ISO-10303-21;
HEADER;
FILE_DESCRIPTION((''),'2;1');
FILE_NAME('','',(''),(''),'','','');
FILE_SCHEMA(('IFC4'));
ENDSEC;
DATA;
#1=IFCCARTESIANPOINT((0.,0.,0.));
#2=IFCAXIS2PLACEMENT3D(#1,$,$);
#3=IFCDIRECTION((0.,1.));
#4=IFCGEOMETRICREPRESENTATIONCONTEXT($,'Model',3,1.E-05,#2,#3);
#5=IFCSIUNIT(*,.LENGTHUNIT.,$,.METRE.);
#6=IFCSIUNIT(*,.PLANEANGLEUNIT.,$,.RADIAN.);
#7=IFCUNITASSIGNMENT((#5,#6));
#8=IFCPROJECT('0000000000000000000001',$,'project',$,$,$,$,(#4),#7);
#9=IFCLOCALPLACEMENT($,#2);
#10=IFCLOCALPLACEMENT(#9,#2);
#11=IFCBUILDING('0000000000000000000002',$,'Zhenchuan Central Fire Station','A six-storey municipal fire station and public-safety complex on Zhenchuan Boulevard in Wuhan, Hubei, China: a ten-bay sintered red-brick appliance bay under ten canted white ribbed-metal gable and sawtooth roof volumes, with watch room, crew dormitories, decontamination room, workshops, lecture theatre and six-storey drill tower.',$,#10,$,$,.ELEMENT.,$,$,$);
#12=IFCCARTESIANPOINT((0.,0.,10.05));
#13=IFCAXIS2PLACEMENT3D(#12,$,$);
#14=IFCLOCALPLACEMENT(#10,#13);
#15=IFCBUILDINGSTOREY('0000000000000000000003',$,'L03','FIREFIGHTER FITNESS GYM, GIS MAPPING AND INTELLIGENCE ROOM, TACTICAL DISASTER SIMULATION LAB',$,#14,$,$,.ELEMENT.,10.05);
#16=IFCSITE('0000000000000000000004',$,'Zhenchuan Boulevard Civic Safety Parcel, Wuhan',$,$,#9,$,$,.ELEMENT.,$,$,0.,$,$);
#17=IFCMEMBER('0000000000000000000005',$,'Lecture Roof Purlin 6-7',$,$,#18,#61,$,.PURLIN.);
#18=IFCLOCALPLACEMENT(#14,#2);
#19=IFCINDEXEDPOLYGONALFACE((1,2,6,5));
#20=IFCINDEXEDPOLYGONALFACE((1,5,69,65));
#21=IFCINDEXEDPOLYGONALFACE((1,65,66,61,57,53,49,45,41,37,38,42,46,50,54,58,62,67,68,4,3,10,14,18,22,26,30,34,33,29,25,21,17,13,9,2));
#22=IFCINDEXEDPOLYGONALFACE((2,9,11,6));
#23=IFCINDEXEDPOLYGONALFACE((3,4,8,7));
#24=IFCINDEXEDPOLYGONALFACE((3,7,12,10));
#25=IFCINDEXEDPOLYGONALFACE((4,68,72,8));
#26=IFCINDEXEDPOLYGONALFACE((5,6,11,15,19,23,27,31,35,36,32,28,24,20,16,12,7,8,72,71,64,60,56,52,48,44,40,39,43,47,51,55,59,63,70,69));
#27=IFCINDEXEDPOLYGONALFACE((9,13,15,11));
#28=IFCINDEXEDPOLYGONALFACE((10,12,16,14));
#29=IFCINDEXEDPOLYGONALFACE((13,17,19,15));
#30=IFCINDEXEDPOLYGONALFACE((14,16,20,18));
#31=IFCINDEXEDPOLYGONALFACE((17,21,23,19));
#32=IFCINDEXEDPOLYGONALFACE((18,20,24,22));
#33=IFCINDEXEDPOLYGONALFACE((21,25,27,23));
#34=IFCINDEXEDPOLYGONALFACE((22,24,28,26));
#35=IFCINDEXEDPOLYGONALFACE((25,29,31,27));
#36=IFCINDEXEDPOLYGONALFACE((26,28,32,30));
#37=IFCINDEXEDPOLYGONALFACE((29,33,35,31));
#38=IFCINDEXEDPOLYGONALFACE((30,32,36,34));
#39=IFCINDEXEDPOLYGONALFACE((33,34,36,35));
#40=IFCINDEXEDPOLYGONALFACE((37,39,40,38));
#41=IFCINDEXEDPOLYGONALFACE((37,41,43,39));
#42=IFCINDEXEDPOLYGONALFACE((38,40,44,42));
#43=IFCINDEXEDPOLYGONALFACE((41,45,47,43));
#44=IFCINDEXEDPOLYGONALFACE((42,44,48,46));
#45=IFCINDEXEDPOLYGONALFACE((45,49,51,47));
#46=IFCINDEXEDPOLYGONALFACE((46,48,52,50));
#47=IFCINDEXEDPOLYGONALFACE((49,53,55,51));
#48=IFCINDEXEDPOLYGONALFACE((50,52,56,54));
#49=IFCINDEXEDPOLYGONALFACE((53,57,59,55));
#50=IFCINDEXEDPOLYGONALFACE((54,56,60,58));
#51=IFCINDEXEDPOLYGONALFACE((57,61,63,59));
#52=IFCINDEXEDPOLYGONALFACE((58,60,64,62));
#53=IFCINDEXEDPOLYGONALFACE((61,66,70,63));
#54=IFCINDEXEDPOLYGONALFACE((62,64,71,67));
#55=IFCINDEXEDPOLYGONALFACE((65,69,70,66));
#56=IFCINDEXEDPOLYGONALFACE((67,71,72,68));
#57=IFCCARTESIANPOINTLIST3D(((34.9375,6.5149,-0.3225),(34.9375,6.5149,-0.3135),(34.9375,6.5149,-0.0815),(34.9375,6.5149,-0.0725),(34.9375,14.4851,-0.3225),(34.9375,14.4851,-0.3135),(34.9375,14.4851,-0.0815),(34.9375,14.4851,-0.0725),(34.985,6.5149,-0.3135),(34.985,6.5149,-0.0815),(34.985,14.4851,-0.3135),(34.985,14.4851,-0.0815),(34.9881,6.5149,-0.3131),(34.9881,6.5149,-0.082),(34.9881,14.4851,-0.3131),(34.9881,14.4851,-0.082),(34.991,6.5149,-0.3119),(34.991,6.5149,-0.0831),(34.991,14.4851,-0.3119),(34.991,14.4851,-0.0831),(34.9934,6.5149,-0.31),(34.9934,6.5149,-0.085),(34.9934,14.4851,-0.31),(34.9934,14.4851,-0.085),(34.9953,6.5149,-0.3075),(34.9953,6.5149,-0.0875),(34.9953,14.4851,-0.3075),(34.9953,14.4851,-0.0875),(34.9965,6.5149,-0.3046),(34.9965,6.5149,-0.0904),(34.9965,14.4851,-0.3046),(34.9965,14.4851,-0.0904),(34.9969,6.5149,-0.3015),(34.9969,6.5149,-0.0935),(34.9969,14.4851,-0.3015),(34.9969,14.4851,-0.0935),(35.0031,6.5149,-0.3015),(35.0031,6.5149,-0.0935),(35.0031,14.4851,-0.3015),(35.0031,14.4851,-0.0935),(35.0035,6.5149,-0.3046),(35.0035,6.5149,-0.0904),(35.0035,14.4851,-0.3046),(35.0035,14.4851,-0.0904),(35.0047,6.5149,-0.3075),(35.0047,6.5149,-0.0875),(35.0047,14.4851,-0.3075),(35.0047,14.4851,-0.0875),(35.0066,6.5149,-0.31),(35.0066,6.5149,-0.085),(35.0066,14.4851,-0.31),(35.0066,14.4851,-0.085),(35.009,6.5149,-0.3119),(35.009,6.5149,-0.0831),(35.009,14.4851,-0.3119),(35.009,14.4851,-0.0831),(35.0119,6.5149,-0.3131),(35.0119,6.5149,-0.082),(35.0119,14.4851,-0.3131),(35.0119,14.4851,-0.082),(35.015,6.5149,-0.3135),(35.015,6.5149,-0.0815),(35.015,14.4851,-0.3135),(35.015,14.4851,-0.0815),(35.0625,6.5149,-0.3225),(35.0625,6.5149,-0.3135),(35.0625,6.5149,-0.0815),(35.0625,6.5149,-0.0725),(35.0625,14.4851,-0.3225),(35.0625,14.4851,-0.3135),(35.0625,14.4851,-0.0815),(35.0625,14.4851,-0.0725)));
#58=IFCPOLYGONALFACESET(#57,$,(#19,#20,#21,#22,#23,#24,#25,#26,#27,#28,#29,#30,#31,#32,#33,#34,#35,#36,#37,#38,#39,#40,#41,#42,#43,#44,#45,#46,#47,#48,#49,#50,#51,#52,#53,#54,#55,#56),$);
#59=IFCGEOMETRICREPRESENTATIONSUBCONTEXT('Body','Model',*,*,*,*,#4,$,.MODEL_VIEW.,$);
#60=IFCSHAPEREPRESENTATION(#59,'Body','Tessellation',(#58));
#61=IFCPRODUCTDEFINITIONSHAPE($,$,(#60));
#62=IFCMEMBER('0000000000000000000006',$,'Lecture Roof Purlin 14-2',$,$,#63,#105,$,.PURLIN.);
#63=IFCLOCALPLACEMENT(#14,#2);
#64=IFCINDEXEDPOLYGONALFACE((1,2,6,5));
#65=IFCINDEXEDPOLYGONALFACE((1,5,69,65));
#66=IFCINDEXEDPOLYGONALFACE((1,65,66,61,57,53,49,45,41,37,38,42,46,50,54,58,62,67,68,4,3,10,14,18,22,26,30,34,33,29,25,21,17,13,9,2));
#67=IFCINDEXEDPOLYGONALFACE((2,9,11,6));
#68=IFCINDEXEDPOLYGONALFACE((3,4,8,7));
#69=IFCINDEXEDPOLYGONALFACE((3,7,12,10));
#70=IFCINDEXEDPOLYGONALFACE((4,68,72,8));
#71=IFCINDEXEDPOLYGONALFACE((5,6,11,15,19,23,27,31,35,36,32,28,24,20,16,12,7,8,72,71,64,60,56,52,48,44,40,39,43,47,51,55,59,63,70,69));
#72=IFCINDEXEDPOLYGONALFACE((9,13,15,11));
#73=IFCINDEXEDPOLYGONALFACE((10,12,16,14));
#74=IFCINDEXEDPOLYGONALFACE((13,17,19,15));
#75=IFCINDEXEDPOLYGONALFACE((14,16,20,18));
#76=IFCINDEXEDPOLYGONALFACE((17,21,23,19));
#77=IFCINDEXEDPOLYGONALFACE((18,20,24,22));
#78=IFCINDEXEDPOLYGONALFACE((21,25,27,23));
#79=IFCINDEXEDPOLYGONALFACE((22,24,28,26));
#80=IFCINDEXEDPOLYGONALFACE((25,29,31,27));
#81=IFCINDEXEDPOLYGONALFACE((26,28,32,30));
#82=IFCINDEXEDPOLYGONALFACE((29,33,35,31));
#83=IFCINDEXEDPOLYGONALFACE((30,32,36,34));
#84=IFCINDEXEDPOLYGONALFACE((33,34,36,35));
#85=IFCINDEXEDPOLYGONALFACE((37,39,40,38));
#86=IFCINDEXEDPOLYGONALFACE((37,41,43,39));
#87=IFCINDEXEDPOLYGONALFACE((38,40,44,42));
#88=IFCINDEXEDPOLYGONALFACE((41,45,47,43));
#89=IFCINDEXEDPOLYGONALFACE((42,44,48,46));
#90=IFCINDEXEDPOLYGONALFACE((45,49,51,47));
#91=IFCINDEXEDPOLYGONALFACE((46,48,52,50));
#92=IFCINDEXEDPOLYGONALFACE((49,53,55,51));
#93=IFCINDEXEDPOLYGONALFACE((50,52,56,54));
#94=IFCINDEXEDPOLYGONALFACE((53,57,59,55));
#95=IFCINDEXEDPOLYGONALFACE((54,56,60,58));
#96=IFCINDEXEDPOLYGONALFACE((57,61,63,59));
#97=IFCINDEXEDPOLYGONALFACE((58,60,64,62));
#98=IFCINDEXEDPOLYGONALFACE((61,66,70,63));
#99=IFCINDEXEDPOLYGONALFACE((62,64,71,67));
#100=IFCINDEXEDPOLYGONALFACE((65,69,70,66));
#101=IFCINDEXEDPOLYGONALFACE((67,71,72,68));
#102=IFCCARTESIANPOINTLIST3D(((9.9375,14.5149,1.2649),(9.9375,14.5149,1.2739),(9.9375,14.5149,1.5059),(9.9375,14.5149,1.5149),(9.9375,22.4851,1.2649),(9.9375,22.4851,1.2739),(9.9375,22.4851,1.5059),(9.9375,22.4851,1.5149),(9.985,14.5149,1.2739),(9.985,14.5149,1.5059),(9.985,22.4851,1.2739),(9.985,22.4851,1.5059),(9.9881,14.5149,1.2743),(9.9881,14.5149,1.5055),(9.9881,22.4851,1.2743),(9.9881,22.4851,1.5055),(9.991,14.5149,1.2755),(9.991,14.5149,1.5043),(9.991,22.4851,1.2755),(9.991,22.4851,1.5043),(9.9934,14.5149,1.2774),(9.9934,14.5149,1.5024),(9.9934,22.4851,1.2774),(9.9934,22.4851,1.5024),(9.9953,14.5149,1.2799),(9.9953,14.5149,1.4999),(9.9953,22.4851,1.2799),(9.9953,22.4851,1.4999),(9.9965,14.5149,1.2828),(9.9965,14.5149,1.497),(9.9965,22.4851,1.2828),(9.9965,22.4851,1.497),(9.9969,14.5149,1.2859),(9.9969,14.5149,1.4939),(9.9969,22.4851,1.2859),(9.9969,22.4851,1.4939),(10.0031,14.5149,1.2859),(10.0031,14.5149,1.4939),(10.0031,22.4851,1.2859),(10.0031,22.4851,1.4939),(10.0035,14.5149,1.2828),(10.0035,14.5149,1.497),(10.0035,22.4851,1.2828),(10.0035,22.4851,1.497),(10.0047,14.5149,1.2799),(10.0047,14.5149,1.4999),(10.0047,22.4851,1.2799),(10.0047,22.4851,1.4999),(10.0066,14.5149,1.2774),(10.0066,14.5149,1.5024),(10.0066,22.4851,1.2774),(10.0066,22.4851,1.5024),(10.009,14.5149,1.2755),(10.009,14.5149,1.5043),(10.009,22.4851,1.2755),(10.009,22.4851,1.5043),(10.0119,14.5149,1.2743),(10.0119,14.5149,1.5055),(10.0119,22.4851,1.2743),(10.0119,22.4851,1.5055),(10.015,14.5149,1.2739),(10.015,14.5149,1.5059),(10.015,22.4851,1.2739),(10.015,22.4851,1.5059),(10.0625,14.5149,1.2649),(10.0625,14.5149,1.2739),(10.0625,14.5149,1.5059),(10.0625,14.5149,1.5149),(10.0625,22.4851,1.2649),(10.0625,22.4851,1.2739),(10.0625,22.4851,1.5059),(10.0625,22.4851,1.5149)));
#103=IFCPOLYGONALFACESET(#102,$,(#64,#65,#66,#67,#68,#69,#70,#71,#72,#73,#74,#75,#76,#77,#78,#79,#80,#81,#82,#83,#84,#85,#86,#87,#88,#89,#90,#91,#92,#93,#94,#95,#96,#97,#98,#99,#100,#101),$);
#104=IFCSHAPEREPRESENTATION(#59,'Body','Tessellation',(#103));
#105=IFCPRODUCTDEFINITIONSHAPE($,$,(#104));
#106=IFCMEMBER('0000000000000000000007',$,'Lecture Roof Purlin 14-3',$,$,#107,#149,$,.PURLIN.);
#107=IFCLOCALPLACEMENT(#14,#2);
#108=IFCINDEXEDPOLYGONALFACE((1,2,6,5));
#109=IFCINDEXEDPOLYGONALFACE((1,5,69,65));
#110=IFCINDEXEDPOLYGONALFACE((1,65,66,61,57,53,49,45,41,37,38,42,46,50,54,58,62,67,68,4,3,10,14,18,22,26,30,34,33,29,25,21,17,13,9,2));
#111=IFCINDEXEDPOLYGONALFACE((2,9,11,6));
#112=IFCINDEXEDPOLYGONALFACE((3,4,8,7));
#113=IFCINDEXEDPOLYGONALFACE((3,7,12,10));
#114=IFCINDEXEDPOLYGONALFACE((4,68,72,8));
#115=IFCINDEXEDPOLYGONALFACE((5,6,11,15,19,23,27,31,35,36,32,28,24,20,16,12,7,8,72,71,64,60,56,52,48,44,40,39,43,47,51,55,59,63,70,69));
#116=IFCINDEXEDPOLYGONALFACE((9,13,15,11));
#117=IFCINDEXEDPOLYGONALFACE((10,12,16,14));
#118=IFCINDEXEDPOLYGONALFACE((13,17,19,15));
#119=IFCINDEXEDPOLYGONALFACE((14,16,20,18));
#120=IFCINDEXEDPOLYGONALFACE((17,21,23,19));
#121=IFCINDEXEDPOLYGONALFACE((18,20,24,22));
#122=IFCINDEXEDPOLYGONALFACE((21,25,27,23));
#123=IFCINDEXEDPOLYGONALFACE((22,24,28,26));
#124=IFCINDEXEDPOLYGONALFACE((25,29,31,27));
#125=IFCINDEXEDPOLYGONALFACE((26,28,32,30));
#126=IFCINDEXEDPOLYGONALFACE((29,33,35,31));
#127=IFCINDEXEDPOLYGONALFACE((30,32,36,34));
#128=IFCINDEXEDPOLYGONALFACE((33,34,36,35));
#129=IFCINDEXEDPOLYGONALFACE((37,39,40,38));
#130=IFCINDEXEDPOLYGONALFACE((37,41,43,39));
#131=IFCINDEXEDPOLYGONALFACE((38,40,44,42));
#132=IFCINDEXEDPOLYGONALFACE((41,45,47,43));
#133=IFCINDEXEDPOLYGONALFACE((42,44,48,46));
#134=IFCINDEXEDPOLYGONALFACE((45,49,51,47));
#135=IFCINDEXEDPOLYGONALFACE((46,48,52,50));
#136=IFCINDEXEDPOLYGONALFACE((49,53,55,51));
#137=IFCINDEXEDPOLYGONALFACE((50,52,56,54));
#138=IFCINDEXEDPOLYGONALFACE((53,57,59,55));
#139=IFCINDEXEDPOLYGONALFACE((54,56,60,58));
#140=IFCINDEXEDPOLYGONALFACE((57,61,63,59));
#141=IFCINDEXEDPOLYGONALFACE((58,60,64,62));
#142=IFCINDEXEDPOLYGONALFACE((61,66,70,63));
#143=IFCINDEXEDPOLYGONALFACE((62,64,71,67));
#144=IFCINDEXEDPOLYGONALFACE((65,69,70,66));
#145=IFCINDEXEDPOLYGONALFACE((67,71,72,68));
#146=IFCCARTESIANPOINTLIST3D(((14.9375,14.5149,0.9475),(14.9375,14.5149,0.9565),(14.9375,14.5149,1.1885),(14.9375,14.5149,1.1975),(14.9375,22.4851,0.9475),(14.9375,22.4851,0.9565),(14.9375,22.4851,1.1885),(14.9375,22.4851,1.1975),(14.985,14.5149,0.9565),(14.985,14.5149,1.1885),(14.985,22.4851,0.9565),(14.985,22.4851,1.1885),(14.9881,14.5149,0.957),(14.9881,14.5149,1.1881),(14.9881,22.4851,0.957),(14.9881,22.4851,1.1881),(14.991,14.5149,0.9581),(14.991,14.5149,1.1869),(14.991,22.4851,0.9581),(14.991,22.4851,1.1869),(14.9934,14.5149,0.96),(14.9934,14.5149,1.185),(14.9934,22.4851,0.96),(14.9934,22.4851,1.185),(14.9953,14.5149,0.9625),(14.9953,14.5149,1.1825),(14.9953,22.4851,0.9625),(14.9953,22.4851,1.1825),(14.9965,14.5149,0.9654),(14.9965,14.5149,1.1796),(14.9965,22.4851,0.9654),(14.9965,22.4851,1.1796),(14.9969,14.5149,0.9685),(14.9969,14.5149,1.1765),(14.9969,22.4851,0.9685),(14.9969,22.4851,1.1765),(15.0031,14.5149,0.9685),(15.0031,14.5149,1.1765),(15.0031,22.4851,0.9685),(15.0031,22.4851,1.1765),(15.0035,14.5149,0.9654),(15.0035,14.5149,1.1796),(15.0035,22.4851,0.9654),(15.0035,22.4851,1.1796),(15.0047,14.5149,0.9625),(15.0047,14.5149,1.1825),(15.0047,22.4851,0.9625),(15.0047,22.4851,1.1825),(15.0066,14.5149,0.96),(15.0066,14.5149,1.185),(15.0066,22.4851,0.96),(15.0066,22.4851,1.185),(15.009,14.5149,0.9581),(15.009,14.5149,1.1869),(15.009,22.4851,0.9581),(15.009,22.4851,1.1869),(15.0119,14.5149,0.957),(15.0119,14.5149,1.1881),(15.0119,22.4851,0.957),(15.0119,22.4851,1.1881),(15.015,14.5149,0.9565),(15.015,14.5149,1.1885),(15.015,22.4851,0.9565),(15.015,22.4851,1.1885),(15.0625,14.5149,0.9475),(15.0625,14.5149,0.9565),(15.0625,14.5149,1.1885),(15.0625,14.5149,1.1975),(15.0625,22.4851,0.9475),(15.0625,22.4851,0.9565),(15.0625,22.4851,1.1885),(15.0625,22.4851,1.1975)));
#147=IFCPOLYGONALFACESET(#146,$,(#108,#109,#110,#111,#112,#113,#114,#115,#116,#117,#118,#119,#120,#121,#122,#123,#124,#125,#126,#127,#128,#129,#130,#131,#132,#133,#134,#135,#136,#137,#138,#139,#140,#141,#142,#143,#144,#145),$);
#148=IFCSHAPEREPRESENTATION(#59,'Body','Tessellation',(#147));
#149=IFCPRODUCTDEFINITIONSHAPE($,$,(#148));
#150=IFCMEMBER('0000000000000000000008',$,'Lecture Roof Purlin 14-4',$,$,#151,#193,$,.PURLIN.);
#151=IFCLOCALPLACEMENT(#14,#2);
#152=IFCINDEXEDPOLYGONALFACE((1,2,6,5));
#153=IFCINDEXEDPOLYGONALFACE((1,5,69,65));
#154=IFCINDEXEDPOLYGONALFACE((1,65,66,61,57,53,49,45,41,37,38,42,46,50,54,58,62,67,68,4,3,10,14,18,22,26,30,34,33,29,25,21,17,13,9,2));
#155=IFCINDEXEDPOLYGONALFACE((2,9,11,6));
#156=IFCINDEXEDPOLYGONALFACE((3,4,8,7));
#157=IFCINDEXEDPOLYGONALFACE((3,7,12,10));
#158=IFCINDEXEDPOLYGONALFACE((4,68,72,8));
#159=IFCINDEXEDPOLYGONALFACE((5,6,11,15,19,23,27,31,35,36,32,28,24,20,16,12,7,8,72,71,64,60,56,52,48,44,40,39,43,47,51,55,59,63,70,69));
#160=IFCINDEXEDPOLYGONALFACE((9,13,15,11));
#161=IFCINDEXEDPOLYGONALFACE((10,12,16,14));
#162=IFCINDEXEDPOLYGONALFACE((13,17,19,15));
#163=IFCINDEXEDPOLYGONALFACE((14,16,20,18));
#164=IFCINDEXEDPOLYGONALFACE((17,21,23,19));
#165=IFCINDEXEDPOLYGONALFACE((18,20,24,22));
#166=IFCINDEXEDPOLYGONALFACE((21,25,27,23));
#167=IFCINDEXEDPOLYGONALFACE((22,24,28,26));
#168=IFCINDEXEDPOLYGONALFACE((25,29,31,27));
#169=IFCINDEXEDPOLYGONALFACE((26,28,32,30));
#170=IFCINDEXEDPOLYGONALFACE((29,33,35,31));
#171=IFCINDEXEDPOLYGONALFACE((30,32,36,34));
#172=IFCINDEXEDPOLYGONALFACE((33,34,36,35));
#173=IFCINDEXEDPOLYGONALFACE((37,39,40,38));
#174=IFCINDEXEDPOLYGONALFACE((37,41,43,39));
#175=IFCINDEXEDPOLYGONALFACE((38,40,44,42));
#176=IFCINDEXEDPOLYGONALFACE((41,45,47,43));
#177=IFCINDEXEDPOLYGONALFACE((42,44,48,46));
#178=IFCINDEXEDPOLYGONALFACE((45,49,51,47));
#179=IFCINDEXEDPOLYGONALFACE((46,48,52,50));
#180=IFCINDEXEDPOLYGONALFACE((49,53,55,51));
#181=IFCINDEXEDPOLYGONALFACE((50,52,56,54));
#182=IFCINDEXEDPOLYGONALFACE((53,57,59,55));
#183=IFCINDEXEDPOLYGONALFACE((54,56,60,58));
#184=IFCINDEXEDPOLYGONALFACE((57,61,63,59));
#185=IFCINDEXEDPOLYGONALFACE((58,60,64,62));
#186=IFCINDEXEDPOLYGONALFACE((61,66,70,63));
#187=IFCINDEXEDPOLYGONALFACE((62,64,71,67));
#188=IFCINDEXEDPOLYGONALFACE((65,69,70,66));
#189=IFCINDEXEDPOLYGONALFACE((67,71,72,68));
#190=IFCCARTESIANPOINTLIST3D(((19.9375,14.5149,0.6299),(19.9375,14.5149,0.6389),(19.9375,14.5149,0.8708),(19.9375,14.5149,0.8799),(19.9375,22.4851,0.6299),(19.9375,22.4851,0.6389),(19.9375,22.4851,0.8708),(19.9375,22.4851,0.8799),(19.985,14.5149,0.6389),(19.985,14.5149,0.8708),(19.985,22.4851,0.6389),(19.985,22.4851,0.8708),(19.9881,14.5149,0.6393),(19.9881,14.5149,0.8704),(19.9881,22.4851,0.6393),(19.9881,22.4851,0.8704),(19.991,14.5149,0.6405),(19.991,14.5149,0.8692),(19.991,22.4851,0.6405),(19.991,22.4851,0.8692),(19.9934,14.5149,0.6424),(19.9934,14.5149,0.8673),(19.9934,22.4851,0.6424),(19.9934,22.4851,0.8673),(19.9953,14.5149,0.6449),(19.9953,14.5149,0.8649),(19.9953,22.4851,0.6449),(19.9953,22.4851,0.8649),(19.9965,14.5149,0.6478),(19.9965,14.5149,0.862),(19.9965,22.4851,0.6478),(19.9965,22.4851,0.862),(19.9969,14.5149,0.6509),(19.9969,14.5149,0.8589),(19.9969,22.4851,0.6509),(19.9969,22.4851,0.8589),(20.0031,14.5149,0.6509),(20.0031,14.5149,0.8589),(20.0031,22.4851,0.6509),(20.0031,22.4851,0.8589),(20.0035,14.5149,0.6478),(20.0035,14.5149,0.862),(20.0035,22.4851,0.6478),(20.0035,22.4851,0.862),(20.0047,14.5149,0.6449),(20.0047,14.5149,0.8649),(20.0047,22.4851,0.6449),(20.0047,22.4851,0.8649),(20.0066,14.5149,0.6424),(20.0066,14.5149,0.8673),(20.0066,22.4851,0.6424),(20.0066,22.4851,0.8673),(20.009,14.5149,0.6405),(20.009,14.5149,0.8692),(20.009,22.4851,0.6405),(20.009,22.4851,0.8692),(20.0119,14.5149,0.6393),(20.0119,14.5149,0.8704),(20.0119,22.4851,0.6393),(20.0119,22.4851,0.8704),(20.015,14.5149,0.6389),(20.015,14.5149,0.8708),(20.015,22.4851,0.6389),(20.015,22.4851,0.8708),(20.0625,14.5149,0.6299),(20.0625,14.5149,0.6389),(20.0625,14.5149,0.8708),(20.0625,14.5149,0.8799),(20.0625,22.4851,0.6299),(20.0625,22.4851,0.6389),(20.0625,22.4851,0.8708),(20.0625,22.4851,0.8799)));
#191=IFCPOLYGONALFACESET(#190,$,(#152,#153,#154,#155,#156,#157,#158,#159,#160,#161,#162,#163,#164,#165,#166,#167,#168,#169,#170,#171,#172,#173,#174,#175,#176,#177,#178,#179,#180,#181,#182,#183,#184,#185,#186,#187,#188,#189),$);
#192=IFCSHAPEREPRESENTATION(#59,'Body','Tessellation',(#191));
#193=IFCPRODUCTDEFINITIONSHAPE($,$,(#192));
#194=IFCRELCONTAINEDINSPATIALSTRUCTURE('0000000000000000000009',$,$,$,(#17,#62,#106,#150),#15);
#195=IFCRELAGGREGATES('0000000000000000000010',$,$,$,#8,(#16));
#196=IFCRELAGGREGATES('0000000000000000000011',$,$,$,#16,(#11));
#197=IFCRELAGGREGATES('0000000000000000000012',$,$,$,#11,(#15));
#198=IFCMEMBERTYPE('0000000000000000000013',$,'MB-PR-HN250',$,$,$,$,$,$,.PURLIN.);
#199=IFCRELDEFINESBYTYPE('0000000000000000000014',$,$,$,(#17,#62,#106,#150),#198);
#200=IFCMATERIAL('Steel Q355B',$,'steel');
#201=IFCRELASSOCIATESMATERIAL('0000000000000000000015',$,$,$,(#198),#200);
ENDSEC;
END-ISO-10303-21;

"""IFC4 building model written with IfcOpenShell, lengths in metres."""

from ifc_helpers import new_model, si_unit, direction, frame, origin, origin_2d, place, context, subcontext, project, spatial, i_section, extrude, material, material_profile, profile_set, type_object, element, save


model = new_model("IFC4")

# Units and contexts
model_context = context("Model", 3, precision=1e-05, world=origin(), true_north=direction((0.0, 1.0)))
body_context = subcontext(model_context, "Body", "Model", "MODEL_VIEW")
ifc_project = project(units=[si_unit("LENGTHUNIT", "METRE"), si_unit("PLANEANGLEUNIT", "RADIAN")], contexts=[model_context])

# Site, building, storey
site_placement = place(None, origin())
site = spatial("IfcSite", under=ifc_project, at=site_placement, Name="Zhenchuan Boulevard Civic Safety Parcel, Wuhan", CompositionType="ELEMENT", RefElevation=0.0)
building_placement = place(site_placement, origin())
building = spatial("IfcBuilding", under=site, at=building_placement, Name="Zhenchuan Central Fire Station", Description="A six-storey municipal fire station and public-safety complex on Zhenchuan Boulevard in Wuhan, Hubei, China: a ten-bay sintered red-brick appliance bay under ten canted white ribbed-metal gable and sawtooth roof volumes, with watch room, crew dormitories, decontamination room, workshops, lecture theatre and six-storey drill tower.", CompositionType="ELEMENT")
storey_placement = place(building_placement, frame((0.0, 0.0, 10.05)))
storey = spatial("IfcBuildingStorey", under=building, at=storey_placement, Name="L03", Description="FIREFIGHTER FITNESS GYM, GIS MAPPING AND INTELLIGENCE ROOM, TACTICAL DISASTER SIMULATION LAB", CompositionType="ELEMENT", Elevation=10.05)

# Shared definitions
ifc_material = material(Name="Steel Q355B", Category="steel")

# Members
ifc_material_profile_1 = material_profile(ifc_material, i_section(OverallWidth=0.125, OverallDepth=0.25, WebThickness=0.0061, FlangeThickness=0.009, FilletRadius=0.012, at=origin_2d()), Name="HN 250x125")
ifc_profile_set_1 = profile_set([ifc_material_profile_1], Name="Steel Q355B")
member_type_1 = type_object("IfcMemberType", Name="MB-PR-HN250", PredefinedType="PURLIN", material=ifc_profile_set_1)
for number, where, z_axis, x_axis, name in (
    (1, (35.0, 6.5149, -0.1975), (0.0, 1.0, 0.0), (-1.0, 0.0, 0.0), "Lecture Roof Purlin 6-7"),
    (2, (10.0, 14.5149, 1.3899), (0.0, 1.0, 0.0), (-1.0, 0.0, 0.0), "Lecture Roof Purlin 14-2"),
    (3, (15.0, 14.5149, 1.0725), (0.0, 1.0, 0.0), (-1.0, 0.0, 0.0), "Lecture Roof Purlin 14-3"),
    (4, (20.0, 14.5149, 0.7549), (0.0, 1.0, 0.0), (-1.0, 0.0, 0.0), "Lecture Roof Purlin 14-4"),
):
    element("IfcMember", number, at=place(storey_placement, frame(where, z_axis=z_axis, x_axis=x_axis)), inside=storey, type_object=member_type_1, Name=name, PredefinedType="PURLIN", context=body_context, shape_type="SweptSolid", body=[
        extrude(i_section(OverallWidth=0.125, OverallDepth=0.25, WebThickness=0.0061, FlangeThickness=0.009, FilletRadius=0.012, at=origin_2d()), origin(), (0.0, 0.0, 1.0), 7.9702),
    ])

save(model, "model.ifc")
